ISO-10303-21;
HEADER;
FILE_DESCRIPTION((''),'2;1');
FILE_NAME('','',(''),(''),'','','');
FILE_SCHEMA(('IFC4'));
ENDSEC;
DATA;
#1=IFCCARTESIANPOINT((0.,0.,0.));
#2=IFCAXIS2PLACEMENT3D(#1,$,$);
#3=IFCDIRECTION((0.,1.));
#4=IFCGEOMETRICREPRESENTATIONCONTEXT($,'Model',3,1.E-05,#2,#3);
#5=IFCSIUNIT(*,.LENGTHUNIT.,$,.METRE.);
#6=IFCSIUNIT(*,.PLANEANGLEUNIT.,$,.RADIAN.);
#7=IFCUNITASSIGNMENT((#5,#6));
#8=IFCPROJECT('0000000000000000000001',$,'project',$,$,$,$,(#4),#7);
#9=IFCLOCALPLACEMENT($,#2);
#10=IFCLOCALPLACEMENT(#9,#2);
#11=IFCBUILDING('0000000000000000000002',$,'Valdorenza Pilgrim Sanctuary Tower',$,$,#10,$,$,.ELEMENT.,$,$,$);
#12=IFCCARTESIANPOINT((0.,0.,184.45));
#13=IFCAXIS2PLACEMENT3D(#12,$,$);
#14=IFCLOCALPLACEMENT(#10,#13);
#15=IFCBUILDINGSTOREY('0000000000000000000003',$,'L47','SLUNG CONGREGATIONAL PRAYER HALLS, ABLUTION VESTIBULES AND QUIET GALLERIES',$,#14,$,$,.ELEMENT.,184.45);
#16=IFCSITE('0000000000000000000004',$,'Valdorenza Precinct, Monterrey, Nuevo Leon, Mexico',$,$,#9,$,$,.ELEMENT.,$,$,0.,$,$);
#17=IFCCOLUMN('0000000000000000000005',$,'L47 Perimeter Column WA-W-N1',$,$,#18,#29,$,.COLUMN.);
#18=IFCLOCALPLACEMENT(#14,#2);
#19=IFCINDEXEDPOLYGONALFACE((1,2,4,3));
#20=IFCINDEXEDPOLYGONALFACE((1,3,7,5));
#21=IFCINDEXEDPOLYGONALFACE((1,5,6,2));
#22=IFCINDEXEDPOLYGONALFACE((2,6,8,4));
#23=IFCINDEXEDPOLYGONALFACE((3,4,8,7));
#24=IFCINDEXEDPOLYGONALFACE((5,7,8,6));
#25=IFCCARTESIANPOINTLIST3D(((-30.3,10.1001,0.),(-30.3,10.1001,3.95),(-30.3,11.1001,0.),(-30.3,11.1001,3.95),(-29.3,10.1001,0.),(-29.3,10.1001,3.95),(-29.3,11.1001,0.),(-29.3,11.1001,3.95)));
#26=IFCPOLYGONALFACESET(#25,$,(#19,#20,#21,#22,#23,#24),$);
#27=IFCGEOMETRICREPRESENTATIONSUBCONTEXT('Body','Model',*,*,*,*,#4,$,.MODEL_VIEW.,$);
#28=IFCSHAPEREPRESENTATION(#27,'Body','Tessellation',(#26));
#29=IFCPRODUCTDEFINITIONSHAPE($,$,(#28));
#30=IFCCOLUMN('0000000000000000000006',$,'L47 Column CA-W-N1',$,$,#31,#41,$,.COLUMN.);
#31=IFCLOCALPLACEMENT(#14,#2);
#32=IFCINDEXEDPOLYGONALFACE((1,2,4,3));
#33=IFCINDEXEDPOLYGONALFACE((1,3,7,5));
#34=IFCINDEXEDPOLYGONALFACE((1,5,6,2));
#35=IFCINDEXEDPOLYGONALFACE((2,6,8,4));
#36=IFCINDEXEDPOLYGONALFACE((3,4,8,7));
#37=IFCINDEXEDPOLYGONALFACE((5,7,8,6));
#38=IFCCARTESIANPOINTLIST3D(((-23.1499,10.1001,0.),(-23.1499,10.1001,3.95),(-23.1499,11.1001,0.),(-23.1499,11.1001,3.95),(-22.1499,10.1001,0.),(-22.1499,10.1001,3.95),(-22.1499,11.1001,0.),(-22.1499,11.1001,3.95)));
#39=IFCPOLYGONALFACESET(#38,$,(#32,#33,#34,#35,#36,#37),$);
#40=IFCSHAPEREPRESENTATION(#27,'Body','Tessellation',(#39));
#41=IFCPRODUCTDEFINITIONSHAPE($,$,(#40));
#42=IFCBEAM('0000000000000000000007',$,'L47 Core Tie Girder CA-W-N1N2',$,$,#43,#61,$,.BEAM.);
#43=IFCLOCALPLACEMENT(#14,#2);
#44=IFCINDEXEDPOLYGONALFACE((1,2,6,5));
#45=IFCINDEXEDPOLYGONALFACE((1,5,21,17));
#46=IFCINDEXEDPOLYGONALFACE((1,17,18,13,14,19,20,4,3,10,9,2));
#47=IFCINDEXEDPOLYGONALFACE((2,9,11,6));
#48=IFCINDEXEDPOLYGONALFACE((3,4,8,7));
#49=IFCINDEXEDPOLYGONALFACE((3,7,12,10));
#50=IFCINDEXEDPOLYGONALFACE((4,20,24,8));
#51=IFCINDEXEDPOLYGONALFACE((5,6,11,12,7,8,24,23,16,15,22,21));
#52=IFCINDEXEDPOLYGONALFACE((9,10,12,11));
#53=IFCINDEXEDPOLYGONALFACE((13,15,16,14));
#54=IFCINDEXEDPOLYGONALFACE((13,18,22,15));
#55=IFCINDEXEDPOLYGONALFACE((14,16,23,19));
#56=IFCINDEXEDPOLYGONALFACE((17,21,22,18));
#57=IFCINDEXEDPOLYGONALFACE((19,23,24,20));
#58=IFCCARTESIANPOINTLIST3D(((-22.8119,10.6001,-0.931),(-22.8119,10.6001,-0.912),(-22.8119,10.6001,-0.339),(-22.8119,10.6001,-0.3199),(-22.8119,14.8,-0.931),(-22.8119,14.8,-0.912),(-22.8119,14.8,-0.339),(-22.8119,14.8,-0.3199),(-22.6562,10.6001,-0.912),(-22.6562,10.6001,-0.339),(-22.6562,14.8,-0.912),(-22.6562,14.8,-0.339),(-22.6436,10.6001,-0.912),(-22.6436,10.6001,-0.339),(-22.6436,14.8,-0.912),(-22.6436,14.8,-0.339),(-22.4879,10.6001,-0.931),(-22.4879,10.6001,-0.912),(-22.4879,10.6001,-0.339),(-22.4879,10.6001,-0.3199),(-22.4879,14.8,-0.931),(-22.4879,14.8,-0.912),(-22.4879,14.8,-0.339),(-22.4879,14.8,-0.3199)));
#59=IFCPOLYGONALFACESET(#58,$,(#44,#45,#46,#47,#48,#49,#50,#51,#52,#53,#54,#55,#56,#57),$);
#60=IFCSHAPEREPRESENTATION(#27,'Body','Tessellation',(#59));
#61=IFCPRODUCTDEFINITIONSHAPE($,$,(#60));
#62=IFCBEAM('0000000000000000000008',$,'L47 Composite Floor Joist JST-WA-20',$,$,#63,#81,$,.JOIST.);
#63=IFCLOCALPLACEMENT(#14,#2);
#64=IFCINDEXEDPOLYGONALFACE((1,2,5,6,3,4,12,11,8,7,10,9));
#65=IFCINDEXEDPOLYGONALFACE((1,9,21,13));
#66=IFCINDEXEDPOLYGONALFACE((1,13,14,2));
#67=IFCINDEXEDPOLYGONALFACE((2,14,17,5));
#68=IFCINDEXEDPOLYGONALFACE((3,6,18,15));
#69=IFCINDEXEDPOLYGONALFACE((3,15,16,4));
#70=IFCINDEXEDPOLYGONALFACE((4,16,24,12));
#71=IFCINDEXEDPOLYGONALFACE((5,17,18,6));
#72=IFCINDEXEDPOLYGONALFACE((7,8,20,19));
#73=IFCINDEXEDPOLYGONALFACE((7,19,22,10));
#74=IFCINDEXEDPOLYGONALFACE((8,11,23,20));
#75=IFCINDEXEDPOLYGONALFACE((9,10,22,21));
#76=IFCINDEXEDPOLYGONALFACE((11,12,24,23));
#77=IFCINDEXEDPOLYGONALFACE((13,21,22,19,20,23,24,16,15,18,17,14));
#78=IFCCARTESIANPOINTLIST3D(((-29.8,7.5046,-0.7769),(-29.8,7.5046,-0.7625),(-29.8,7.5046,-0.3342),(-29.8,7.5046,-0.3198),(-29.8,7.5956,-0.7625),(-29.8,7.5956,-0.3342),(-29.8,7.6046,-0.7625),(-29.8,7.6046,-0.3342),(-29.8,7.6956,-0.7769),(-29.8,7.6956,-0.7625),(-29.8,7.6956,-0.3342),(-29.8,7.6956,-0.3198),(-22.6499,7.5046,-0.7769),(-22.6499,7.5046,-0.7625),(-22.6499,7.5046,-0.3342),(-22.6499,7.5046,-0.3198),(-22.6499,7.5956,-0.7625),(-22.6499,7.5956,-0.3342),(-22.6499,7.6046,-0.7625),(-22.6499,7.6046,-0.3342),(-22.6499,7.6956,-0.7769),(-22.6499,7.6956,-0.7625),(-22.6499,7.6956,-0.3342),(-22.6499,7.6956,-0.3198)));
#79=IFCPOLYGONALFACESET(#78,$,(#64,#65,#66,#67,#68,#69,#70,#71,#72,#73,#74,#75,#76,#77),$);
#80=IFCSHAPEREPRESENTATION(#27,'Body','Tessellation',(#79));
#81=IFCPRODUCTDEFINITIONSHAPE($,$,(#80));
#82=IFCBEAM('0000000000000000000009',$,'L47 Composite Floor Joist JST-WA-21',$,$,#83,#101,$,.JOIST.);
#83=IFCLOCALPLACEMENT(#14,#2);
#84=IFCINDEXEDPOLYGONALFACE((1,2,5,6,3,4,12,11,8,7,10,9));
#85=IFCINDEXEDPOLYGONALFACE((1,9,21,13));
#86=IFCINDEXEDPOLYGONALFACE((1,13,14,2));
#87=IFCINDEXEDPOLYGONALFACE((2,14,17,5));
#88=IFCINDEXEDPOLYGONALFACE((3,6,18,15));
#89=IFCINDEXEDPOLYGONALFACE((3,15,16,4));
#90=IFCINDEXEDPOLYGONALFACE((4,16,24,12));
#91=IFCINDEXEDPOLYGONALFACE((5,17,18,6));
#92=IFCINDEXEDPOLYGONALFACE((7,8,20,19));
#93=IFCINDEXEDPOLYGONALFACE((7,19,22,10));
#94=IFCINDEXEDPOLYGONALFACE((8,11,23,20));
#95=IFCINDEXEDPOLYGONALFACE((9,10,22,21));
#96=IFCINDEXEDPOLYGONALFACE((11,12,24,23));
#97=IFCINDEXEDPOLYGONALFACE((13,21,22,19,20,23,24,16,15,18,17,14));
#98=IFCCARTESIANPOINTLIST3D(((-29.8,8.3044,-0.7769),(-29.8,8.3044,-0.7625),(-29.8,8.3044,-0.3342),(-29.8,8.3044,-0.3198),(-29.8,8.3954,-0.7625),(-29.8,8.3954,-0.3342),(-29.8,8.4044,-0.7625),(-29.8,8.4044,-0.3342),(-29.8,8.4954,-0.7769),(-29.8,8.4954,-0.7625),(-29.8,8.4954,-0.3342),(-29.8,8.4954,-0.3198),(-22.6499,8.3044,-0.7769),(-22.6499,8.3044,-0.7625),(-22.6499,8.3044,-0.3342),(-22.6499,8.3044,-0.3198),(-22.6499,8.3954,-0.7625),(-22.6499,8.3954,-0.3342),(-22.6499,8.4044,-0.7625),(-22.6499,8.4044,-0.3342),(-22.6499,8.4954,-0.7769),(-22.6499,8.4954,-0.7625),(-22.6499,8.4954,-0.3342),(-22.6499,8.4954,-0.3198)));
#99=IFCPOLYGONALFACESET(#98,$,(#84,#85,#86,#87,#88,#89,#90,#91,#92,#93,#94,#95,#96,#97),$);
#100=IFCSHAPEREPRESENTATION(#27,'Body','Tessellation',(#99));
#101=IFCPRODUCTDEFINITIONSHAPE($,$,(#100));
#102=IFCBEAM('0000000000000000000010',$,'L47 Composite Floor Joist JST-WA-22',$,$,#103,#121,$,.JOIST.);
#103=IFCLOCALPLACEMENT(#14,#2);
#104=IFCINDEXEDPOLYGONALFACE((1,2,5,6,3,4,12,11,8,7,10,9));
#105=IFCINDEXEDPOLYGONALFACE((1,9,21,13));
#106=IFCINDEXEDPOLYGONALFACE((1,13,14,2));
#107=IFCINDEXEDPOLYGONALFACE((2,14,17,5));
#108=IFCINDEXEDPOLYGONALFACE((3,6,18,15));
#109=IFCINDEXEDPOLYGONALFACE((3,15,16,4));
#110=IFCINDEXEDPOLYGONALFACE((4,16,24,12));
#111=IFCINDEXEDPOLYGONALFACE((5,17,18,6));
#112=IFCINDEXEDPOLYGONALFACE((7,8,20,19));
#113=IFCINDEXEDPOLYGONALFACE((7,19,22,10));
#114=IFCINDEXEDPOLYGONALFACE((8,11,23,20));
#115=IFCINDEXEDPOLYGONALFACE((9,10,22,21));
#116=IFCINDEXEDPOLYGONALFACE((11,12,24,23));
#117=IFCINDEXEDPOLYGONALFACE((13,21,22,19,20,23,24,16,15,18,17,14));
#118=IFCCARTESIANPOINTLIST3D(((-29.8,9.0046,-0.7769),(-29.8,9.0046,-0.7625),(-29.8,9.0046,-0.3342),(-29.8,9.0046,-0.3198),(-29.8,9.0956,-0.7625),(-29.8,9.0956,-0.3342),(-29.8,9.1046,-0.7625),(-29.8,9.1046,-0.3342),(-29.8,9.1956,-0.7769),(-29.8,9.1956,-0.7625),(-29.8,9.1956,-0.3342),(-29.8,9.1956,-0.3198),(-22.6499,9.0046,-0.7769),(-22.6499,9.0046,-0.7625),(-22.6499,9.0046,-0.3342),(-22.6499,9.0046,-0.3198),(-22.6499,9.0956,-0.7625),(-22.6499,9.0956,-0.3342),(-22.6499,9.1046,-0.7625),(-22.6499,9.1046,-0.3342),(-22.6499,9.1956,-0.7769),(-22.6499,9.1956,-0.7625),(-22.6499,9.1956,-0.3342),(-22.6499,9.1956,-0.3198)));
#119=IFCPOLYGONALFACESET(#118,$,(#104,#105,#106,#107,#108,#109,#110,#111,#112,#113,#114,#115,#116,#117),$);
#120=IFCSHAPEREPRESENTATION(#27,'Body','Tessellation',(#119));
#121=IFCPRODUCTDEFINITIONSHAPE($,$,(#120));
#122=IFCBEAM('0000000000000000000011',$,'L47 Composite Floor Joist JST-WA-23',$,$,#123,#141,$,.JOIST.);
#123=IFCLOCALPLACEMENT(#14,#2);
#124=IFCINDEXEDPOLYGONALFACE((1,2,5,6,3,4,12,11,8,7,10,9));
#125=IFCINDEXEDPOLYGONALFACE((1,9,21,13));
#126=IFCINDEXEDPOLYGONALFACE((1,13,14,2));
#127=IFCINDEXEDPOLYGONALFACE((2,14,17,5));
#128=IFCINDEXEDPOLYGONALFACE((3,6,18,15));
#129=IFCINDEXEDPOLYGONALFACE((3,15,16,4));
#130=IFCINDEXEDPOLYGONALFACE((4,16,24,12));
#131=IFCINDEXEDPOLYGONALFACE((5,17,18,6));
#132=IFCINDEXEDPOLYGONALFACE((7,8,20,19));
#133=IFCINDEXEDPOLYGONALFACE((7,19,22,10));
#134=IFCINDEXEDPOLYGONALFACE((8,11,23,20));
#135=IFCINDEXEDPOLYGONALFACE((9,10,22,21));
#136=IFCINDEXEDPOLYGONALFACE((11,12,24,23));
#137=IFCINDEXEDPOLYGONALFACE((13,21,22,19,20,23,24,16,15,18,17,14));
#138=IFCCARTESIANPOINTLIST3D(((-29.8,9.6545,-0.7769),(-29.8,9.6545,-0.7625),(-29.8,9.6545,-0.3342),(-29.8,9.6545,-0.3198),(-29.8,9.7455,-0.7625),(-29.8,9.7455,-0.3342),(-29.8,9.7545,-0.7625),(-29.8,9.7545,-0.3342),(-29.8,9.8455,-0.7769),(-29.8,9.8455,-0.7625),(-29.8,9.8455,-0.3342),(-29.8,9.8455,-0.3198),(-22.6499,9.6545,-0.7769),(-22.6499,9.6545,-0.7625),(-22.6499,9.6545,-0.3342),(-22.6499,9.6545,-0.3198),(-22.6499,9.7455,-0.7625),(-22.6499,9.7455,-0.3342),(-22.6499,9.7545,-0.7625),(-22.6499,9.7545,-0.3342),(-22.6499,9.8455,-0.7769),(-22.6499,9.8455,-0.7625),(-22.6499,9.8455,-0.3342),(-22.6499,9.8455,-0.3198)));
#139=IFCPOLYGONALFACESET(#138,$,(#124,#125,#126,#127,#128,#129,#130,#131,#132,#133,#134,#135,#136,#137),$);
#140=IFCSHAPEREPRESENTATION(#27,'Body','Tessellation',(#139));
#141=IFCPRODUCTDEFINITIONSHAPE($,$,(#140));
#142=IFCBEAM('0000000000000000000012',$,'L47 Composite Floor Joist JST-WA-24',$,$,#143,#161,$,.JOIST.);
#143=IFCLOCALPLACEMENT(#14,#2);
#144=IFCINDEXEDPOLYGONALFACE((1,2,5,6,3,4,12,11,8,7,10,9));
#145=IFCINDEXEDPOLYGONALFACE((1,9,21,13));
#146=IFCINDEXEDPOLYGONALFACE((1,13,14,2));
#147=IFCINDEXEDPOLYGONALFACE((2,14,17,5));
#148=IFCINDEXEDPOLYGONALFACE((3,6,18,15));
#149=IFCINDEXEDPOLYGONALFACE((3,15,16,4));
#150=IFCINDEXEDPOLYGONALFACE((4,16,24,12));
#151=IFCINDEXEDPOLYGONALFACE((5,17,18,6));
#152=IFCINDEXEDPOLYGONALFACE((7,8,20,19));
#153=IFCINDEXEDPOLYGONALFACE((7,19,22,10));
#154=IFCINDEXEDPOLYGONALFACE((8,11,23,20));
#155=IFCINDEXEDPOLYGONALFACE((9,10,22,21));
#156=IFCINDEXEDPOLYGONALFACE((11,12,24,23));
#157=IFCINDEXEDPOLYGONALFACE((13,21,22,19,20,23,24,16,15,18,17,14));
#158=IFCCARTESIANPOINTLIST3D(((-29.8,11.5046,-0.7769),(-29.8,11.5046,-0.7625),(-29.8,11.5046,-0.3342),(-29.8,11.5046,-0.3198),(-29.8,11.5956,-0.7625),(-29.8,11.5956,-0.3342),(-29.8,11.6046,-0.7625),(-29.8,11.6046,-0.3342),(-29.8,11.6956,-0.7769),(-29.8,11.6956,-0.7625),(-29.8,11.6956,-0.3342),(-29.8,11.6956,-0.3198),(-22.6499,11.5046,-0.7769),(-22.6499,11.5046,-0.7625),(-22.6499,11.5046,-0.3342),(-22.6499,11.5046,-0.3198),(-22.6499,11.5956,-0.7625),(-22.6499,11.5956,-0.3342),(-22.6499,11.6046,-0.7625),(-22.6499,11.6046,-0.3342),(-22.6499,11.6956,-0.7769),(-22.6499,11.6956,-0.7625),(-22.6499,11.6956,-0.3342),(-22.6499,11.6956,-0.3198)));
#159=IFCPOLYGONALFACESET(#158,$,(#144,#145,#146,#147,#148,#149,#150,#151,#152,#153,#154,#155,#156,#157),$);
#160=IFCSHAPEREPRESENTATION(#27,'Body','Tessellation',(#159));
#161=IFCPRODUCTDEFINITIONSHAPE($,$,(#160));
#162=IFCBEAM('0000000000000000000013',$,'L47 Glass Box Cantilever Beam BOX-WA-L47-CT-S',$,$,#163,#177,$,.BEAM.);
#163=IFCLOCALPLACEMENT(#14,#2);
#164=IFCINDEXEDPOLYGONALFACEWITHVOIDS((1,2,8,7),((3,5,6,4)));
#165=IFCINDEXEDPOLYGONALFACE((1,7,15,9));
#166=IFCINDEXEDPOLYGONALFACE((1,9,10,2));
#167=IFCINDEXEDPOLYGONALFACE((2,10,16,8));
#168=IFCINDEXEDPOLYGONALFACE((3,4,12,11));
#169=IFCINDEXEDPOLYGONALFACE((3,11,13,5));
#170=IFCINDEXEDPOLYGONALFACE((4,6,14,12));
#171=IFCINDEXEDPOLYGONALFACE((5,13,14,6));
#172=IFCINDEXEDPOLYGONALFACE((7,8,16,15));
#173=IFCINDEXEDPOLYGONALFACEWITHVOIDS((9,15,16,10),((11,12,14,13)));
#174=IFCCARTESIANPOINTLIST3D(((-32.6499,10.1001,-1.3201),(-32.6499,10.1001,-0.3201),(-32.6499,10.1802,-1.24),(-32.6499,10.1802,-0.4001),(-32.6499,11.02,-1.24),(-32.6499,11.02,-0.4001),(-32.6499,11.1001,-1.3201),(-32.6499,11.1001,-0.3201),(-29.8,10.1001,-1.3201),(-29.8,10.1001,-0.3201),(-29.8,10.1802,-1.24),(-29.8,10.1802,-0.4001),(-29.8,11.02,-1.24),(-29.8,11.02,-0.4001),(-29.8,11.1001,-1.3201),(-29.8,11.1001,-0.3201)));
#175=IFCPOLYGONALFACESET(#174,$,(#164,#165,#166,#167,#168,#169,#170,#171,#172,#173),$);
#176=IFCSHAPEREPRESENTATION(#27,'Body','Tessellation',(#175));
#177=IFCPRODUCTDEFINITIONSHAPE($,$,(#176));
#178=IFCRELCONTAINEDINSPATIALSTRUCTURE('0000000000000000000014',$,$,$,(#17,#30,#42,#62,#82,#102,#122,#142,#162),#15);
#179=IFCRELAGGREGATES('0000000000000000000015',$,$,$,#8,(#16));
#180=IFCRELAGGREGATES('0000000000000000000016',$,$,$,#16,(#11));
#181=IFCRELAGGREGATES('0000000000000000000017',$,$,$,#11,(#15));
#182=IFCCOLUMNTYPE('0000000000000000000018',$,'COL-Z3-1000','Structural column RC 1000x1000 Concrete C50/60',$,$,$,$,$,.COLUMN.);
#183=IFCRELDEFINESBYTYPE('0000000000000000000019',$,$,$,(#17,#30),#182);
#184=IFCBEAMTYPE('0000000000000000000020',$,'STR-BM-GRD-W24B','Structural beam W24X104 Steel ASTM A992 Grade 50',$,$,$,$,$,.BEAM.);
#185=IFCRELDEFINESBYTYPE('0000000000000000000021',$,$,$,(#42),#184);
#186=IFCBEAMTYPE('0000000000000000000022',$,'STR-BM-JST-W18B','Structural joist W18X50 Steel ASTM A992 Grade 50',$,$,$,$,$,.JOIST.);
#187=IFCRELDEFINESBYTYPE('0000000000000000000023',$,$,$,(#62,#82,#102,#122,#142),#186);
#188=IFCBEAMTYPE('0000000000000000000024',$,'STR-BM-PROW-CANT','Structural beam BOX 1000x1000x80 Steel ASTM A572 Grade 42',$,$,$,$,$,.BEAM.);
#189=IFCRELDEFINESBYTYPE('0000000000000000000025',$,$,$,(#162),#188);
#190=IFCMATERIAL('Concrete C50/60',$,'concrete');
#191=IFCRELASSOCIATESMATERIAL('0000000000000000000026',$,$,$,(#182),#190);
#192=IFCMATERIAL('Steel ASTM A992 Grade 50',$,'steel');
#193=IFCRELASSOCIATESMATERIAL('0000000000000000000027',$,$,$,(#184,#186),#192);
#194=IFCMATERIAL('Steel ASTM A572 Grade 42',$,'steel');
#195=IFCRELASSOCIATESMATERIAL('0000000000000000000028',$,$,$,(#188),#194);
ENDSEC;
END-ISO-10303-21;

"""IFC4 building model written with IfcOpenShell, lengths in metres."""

from ifc_helpers import new_model, si_unit, direction, frame, origin, origin_2d, place, context, subcontext, project, spatial, rectangle, hollow_rectangle, i_section, extrude, source, transform, mapped, material, material_profile, profile_set, type_object, element, save


model = new_model("IFC4")

# Units and contexts
model_context = context("Model", 3, precision=1e-05, world=origin(), true_north=direction((0.0, 1.0)))
body_context = subcontext(model_context, "Body", "Model", "MODEL_VIEW")
ifc_project = project(units=[si_unit("LENGTHUNIT", "METRE"), si_unit("PLANEANGLEUNIT", "RADIAN")], contexts=[model_context])

# Site, building, storey
site_placement = place(None, origin())
site = spatial("IfcSite", under=ifc_project, at=site_placement, Name="Valdorenza Precinct, Monterrey, Nuevo Leon, Mexico", CompositionType="ELEMENT", RefElevation=0.0)
building_placement = place(site_placement, origin())
building = spatial("IfcBuilding", under=site, at=building_placement, Name="Valdorenza Pilgrim Sanctuary Tower", CompositionType="ELEMENT")
storey_placement = place(building_placement, frame((0.0, 0.0, 184.45)))
storey = spatial("IfcBuildingStorey", under=building, at=storey_placement, Name="L47", Description="SLUNG CONGREGATIONAL PRAYER HALLS, ABLUTION VESTIBULES AND QUIET GALLERIES", CompositionType="ELEMENT", Elevation=184.45)

# Columns
ifc_material_1 = material(Name="Concrete C50/60", Category="concrete")
ifc_material_profile_1 = material_profile(ifc_material_1, rectangle(XDim=1.0, YDim=1.0, at=origin_2d()), Name="RC 1000x1000")
ifc_profile_set_1 = profile_set([ifc_material_profile_1], Name="Concrete C50/60")
column_type = type_object("IfcColumnType", Name="COL-Z3-1000", Description="Structural column RC 1000x1000 Concrete C50/60", PredefinedType="COLUMN", material=ifc_profile_set_1)
shared_shape_1 = source(origin(), body_context, "Body", "SweptSolid", [
    extrude(rectangle(XDim=1.0, YDim=1.0, at=origin_2d()), origin(), (0.0, 0.0, 1.0), 3.95),
])
for number, where, z_axis, x_axis, name in (
    (1, (-29.8, 10.6001, 0.0), (0.0, 0.0, 1.0), (1.0, 0.0, 0.0), "L47 Perimeter Column WA-W-N1"),
    (2, (-22.6499, 10.6001, 0.0), (0.0, 0.0, 1.0), (1.0, 0.0, 0.0), "L47 Column CA-W-N1"),
):
    element("IfcColumn", number, at=place(storey_placement, frame(where, z_axis=z_axis, x_axis=x_axis)), inside=storey, type_object=column_type, Name=name, PredefinedType="COLUMN", context=body_context, shape_type="MappedRepresentation", body=[
        mapped(shared_shape_1, transform((0.0, 0.0, 0.0), x_axis=(1.0, 0.0, 0.0), y_axis=(0.0, 1.0, 0.0), z_axis=(0.0, 0.0, 1.0), scale=1.0)),
    ])

# Beams
ifc_material_2 = material(Name="Steel ASTM A992 Grade 50", Category="steel")
ifc_material_profile_2 = material_profile(ifc_material_2, i_section(OverallWidth=0.324, OverallDepth=0.6111, WebThickness=0.0127, FlangeThickness=0.019, at=origin_2d()), Name="W24X104")
ifc_profile_set_2 = profile_set([ifc_material_profile_2], Name="Steel ASTM A992 Grade 50")
beam_type_1 = type_object("IfcBeamType", Name="STR-BM-GRD-W24B", Description="Structural beam W24X104 Steel ASTM A992 Grade 50", PredefinedType="BEAM", material=ifc_profile_set_2)
shared_shape_2 = source(origin(), body_context, "Body", "SweptSolid", [
    extrude(i_section(OverallWidth=0.324, OverallDepth=0.6111, WebThickness=0.0127, FlangeThickness=0.019, at=origin_2d()), origin(), (0.0, 0.0, 1.0), 4.2),
])
beam_1_placement = place(storey_placement, frame((-22.6499, 10.6001, -0.6255), z_axis=(0.0, 1.0, 0.0), x_axis=(-1.0, 0.0, 0.0)))
element("IfcBeam", 3, at=beam_1_placement, inside=storey, type_object=beam_type_1, Name="L47 Core Tie Girder CA-W-N1N2", PredefinedType="BEAM", context=body_context, shape_type="MappedRepresentation", body=[
    mapped(shared_shape_2, transform((0.0, 0.0, 0.0), x_axis=(1.0, 0.0, 0.0), y_axis=(0.0, 1.0, 0.0), z_axis=(0.0, 0.0, 1.0), scale=1.0)),
])
ifc_material_profile_3 = material_profile(ifc_material_2, i_section(OverallWidth=0.1909, OverallDepth=0.457, WebThickness=0.009, FlangeThickness=0.0144, at=origin_2d()), Name="W18X50")
ifc_profile_set_3 = profile_set([ifc_material_profile_3], Name="Steel ASTM A992 Grade 50")
beam_type_2 = type_object("IfcBeamType", Name="STR-BM-JST-W18B", Description="Structural joist W18X50 Steel ASTM A992 Grade 50", PredefinedType="JOIST", material=ifc_profile_set_3)
shared_shape_3 = source(origin(), body_context, "Body", "SweptSolid", [
    extrude(i_section(OverallWidth=0.1909, OverallDepth=0.457, WebThickness=0.009, FlangeThickness=0.0144, at=origin_2d()), origin(), (0.0, 0.0, 1.0), 7.1501),
])
for number, where, z_axis, x_axis, name in (
    (4, (-29.8, 7.6001, -0.5483), (1.0, 0.0, 0.0), (0.0, 1.0, 0.0), "L47 Composite Floor Joist JST-WA-20"),
    (5, (-29.8, 8.3999, -0.5483), (1.0, 0.0, 0.0), (0.0, 1.0, 0.0), "L47 Composite Floor Joist JST-WA-21"),
    (6, (-29.8, 9.1001, -0.5483), (1.0, 0.0, 0.0), (0.0, 1.0, 0.0), "L47 Composite Floor Joist JST-WA-22"),
    (7, (-29.8, 9.75, -0.5483), (1.0, 0.0, 0.0), (0.0, 1.0, 0.0), "L47 Composite Floor Joist JST-WA-23"),
    (8, (-29.8, 11.6001, -0.5483), (1.0, 0.0, 0.0), (0.0, 1.0, 0.0), "L47 Composite Floor Joist JST-WA-24"),
):
    element("IfcBeam", number, at=place(storey_placement, frame(where, z_axis=z_axis, x_axis=x_axis)), inside=storey, type_object=beam_type_2, Name=name, PredefinedType="JOIST", context=body_context, shape_type="MappedRepresentation", body=[
        mapped(shared_shape_3, transform((0.0, 0.0, 0.0), x_axis=(1.0, 0.0, 0.0), y_axis=(0.0, 1.0, 0.0), z_axis=(0.0, 0.0, 1.0), scale=1.0)),
    ])
ifc_material_3 = material(Name="Steel ASTM A572 Grade 42", Category="steel")
ifc_material_profile_4 = material_profile(ifc_material_3, hollow_rectangle(XDim=1.0, YDim=1.0, WallThickness=0.0801, at=origin_2d()), Name="BOX 1000x1000x80")
ifc_profile_set_4 = profile_set([ifc_material_profile_4], Name="Steel ASTM A572 Grade 42")
beam_type_3 = type_object("IfcBeamType", Name="STR-BM-PROW-CANT", Description="Structural beam BOX 1000x1000x80 Steel ASTM A572 Grade 42", PredefinedType="BEAM", material=ifc_profile_set_4)
shared_shape_4 = source(origin(), body_context, "Body", "SweptSolid", [
    extrude(hollow_rectangle(XDim=1.0, YDim=1.0, WallThickness=0.0801, at=origin_2d()), origin(), (0.0, 0.0, 1.0), 2.8499),
])
beam_2_placement = place(storey_placement, frame((-29.8, 10.6001, -0.8201), z_axis=(-1.0, 0.0, 0.0), x_axis=(0.0, -1.0, 0.0)))
element("IfcBeam", 9, at=beam_2_placement, inside=storey, type_object=beam_type_3, Name="L47 Glass Box Cantilever Beam BOX-WA-L47-CT-S", PredefinedType="BEAM", context=body_context, shape_type="MappedRepresentation", body=[
    mapped(shared_shape_4, transform((0.0, 0.0, 0.0), x_axis=(1.0, 0.0, 0.0), y_axis=(0.0, 1.0, 0.0), z_axis=(0.0, 0.0, 1.0), scale=1.0)),
])

save(model, "model.ifc")
